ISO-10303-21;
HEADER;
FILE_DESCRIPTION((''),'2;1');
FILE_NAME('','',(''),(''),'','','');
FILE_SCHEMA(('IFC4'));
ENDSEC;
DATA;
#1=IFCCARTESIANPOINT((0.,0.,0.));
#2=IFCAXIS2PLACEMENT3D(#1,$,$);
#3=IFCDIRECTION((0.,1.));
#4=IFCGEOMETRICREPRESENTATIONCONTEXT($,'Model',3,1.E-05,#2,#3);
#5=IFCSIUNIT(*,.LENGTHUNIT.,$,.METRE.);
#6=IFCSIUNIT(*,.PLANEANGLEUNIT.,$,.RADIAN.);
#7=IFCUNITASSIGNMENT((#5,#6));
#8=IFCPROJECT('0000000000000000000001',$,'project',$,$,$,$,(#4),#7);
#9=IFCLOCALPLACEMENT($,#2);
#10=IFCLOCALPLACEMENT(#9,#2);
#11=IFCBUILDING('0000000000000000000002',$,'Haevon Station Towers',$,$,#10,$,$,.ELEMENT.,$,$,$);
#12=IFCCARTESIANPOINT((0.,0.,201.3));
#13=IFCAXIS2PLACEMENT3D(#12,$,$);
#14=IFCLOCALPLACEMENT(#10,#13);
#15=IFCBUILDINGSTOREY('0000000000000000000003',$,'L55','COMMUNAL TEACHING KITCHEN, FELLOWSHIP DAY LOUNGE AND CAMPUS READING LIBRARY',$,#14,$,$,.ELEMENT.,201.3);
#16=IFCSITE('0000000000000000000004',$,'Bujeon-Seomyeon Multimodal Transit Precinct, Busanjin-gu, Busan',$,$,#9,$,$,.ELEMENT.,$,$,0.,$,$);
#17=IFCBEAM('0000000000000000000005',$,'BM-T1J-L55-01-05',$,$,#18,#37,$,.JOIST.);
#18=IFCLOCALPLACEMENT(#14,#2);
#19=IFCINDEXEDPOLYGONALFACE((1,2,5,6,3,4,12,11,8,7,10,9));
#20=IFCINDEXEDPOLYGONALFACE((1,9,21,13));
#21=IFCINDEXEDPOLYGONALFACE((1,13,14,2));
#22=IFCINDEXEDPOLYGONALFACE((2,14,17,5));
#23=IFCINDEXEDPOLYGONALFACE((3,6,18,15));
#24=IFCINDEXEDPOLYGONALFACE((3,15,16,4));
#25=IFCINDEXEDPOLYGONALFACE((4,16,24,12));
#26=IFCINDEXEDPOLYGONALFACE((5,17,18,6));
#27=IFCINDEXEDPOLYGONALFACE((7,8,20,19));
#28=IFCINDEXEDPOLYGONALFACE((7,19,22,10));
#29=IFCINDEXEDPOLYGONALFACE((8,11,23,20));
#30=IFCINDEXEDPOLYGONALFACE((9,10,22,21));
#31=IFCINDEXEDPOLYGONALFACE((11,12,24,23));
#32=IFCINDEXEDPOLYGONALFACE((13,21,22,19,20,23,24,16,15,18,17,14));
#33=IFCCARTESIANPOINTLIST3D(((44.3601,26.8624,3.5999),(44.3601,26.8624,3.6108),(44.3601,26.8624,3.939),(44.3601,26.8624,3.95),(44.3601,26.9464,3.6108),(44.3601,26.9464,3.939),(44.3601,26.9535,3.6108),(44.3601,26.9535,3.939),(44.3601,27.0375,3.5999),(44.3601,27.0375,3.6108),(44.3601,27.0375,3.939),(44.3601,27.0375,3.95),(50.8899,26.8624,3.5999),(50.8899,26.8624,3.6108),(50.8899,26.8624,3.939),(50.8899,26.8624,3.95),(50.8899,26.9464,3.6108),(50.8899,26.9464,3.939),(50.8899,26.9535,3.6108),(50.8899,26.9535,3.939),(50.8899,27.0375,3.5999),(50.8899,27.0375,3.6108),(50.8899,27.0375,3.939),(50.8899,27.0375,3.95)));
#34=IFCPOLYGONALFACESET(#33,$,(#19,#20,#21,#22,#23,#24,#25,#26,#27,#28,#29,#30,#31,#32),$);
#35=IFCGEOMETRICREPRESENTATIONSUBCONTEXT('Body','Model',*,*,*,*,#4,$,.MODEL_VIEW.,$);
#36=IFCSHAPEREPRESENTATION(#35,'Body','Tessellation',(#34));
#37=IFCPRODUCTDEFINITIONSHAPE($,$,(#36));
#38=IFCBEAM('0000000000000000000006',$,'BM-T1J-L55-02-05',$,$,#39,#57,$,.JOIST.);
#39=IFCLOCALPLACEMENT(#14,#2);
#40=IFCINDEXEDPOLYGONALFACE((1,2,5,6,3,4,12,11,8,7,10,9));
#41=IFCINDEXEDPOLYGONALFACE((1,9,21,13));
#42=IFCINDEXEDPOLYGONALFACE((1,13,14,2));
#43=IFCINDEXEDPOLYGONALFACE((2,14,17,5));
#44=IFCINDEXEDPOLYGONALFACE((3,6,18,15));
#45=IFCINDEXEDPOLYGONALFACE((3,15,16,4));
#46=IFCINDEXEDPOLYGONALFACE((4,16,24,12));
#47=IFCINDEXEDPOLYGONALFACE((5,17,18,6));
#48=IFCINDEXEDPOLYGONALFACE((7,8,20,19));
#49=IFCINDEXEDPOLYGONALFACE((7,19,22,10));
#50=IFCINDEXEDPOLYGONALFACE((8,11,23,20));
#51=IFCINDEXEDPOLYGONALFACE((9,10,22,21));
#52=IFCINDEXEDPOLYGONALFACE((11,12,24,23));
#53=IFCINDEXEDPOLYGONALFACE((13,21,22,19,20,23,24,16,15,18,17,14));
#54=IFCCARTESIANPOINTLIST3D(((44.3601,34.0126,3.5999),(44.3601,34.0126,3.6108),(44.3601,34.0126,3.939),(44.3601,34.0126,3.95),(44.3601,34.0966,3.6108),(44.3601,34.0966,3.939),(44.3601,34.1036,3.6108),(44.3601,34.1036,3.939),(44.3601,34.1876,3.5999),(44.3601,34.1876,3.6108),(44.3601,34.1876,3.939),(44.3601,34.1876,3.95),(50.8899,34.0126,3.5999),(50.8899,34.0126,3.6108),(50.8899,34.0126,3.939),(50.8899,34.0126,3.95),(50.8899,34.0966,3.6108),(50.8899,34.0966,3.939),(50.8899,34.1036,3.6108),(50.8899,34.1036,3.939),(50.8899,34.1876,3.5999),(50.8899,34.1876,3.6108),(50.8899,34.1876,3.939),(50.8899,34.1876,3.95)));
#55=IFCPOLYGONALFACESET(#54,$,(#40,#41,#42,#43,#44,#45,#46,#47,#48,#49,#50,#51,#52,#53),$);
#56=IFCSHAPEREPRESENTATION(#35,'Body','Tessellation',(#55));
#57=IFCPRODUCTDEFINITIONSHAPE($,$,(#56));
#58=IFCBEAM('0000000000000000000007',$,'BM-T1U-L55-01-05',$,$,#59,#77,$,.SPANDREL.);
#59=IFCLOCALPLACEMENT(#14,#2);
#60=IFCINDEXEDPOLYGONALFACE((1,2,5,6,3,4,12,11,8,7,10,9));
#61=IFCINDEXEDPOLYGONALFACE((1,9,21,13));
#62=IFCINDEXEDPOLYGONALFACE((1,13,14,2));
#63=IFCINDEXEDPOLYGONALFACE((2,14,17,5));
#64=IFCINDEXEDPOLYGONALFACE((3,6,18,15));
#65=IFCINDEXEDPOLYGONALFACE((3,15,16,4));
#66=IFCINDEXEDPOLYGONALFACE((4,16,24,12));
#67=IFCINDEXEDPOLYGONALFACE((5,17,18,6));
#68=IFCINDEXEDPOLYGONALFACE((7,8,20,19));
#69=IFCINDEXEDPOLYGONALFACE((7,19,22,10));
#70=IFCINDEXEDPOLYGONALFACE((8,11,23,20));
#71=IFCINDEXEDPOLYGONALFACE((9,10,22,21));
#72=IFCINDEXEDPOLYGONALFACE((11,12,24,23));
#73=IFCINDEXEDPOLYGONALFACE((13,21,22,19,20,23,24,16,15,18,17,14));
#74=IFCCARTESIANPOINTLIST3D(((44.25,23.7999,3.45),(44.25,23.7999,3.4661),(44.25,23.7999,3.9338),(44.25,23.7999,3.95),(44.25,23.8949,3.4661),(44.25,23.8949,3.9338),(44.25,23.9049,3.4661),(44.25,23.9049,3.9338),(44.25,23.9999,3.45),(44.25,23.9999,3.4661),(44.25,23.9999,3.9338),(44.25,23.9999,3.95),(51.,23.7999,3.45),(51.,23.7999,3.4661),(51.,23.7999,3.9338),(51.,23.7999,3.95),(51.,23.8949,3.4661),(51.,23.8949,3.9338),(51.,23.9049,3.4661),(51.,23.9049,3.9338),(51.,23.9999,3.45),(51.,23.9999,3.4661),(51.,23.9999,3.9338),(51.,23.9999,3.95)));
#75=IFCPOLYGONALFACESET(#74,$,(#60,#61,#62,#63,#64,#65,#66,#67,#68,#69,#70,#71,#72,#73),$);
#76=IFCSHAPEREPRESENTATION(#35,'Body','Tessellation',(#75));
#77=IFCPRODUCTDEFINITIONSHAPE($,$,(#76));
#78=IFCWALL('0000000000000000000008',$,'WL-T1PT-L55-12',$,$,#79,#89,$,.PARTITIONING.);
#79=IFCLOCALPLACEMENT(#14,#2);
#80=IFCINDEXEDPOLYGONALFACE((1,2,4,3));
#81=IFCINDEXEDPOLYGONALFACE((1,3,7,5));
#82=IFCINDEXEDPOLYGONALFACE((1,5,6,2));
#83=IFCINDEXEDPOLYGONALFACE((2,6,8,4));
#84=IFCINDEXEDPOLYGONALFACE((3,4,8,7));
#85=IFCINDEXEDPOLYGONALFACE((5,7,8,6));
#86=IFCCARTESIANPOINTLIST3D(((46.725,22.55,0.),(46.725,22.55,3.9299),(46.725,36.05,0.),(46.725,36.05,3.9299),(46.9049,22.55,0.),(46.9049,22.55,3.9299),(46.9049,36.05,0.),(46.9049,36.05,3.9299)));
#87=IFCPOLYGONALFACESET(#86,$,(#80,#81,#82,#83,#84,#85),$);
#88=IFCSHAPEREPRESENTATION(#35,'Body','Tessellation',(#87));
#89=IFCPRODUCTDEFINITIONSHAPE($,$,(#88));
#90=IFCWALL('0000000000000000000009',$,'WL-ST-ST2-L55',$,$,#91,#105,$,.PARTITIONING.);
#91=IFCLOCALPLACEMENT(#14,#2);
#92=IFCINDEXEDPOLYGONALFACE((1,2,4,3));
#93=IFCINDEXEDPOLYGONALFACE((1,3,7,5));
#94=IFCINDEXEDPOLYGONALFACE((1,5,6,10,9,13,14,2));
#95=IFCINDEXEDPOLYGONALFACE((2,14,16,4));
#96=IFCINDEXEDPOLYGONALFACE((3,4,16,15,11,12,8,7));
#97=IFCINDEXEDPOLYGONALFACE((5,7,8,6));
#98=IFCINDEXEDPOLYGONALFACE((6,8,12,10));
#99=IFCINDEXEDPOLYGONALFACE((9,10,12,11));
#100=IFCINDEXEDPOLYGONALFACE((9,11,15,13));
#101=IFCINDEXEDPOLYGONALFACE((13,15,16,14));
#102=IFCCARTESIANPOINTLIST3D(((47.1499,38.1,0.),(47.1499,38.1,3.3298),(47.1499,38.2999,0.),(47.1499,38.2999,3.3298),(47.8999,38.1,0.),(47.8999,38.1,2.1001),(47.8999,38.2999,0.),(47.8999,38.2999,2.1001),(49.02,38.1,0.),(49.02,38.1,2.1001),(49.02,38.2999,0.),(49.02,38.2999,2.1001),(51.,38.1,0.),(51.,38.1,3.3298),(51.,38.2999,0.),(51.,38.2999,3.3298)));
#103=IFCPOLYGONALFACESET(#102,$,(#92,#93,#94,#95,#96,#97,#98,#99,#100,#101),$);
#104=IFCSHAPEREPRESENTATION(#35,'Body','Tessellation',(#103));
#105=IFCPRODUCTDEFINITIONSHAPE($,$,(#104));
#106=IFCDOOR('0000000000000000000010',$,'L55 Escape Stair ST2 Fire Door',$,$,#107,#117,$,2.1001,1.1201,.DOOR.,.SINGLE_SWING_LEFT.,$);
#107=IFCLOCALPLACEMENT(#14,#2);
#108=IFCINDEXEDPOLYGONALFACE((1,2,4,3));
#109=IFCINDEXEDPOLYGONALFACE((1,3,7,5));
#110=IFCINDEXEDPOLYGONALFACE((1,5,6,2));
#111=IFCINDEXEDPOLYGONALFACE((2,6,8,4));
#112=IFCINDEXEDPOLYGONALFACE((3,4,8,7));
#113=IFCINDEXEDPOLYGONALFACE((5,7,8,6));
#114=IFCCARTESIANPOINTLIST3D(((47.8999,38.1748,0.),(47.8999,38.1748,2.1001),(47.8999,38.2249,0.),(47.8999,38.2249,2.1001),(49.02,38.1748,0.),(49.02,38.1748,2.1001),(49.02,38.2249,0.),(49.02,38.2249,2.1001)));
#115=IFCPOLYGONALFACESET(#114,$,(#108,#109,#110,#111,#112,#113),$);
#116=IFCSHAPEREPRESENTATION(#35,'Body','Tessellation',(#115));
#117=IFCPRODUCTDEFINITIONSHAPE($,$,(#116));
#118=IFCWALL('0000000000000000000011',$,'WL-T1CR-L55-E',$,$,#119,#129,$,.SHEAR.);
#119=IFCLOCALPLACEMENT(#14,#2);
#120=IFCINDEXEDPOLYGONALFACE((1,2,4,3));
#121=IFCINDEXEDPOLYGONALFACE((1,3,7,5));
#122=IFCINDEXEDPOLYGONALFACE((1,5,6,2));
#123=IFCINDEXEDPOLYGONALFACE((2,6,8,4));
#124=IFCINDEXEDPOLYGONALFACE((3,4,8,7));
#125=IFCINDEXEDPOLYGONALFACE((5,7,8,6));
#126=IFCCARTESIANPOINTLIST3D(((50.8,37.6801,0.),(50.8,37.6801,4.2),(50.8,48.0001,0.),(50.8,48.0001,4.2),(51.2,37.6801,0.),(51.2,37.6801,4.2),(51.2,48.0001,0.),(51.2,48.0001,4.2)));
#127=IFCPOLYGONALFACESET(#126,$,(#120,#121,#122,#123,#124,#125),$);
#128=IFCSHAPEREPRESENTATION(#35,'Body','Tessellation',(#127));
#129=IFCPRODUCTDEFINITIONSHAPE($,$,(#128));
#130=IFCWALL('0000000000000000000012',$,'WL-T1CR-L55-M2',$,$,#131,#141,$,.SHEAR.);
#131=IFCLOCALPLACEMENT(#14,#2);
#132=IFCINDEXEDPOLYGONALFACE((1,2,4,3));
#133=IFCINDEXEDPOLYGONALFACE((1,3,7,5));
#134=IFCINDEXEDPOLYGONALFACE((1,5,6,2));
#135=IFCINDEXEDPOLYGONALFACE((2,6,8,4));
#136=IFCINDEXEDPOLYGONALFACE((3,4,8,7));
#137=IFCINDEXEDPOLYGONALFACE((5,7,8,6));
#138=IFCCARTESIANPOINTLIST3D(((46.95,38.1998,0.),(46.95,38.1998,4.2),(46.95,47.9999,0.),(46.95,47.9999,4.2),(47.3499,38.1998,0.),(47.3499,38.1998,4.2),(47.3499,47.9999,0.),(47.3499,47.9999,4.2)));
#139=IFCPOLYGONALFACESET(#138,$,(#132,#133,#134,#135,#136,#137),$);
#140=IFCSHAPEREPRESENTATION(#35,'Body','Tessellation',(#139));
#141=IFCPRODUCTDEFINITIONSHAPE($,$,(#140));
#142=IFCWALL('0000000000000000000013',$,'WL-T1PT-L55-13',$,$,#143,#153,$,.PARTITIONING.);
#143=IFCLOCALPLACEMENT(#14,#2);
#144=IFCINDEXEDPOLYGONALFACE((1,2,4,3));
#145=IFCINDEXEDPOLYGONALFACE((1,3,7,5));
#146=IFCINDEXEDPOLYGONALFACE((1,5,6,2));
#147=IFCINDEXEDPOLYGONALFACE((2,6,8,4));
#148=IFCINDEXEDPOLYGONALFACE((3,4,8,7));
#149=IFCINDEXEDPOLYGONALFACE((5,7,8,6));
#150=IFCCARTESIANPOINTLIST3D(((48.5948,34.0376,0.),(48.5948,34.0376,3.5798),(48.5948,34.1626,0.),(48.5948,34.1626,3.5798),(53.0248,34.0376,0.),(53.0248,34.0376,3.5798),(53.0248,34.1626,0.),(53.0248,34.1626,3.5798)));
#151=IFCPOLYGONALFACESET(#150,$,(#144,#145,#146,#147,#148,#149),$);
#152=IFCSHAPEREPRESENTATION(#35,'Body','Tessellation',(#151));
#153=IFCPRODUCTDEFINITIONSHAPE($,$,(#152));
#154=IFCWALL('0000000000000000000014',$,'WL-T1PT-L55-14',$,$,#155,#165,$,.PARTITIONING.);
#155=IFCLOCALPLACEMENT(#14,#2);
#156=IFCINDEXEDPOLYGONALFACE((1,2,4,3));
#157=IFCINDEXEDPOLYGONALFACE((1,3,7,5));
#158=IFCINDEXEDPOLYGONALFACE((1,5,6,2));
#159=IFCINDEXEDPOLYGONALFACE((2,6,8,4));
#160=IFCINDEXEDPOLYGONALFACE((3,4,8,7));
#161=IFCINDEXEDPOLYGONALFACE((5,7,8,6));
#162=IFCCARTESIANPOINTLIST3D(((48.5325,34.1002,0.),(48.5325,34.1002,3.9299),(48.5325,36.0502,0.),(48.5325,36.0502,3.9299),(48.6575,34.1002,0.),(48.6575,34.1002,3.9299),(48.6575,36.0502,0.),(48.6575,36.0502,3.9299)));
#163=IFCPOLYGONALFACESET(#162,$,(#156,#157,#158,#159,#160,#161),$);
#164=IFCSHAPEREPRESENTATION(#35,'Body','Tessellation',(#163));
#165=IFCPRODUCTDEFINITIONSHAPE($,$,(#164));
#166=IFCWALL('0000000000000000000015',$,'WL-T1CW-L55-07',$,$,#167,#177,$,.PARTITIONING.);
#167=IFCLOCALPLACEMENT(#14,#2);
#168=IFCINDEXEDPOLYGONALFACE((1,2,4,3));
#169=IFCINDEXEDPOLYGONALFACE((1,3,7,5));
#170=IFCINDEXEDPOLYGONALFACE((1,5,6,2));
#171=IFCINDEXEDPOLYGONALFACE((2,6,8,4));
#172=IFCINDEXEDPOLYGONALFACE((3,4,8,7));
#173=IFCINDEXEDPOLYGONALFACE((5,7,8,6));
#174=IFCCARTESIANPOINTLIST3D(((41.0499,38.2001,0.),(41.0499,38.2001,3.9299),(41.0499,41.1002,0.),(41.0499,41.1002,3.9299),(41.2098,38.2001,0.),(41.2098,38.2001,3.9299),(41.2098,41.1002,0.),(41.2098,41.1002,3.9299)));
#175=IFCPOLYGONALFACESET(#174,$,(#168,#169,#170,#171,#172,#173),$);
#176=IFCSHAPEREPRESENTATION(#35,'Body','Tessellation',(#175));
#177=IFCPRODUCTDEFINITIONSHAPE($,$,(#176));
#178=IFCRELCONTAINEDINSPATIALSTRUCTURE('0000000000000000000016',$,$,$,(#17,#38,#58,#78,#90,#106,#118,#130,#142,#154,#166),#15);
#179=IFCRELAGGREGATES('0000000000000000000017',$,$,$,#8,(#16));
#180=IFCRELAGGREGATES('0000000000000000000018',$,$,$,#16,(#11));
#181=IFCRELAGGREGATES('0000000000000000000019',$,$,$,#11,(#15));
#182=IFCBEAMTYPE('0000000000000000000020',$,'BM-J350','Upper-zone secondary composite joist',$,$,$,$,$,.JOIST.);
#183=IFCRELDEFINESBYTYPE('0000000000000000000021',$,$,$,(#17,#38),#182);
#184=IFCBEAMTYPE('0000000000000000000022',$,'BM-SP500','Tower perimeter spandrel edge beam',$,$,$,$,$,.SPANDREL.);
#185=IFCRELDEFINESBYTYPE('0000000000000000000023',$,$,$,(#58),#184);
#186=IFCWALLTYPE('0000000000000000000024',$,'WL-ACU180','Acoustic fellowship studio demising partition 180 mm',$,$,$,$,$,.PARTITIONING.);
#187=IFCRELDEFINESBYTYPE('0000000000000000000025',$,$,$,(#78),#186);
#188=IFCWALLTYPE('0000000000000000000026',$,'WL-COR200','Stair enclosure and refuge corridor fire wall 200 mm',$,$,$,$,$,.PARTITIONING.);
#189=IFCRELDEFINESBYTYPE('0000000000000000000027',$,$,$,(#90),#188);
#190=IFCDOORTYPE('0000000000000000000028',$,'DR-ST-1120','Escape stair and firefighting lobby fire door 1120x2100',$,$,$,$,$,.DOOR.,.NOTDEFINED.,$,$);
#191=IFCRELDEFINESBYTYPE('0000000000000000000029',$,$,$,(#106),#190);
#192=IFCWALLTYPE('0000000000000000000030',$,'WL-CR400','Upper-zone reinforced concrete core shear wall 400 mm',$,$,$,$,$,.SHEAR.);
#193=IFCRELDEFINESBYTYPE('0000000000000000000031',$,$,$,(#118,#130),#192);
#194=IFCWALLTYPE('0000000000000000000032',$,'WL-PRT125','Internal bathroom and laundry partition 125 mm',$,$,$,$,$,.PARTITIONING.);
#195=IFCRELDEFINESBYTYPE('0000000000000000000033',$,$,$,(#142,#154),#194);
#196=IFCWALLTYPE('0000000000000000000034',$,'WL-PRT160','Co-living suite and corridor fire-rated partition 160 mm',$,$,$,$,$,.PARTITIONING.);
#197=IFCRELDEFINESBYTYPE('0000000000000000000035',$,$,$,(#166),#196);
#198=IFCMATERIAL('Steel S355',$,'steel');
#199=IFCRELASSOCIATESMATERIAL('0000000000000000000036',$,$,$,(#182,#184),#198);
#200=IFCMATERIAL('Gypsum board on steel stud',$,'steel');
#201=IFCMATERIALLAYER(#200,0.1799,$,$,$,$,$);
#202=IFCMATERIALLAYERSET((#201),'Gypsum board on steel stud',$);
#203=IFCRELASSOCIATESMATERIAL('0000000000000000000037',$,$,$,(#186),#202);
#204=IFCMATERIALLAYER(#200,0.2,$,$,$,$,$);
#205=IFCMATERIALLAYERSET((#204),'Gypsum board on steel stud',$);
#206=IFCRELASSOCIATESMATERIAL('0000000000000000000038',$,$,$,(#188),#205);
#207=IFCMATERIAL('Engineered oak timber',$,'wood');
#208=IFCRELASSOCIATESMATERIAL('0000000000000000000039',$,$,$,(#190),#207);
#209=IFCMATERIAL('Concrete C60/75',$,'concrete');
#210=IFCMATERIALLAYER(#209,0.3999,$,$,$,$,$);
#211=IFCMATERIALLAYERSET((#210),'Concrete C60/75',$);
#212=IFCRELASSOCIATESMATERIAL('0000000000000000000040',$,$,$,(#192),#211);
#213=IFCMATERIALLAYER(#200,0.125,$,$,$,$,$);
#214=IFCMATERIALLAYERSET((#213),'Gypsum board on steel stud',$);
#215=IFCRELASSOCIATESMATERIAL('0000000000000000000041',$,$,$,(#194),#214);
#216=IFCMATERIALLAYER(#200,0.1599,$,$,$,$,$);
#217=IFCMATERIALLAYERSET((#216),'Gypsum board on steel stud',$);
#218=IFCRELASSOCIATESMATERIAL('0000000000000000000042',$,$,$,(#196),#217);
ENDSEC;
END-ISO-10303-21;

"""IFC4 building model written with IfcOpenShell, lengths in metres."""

from ifc_helpers import new_model, si_unit, direction, frame, frame_2d, origin, origin_2d, place, context, subcontext, project, spatial, rectangle, i_section, extrude, material, layer, layer_set, material_profile, profile_set, type_object, element, fill, save


model = new_model("IFC4")

# Units and contexts
model_context = context("Model", 3, precision=1e-05, world=origin(), true_north=direction((0.0, 1.0)))
body_context = subcontext(model_context, "Body", "Model", "MODEL_VIEW")
ifc_project = project(units=[si_unit("LENGTHUNIT", "METRE"), si_unit("PLANEANGLEUNIT", "RADIAN")], contexts=[model_context])

# Site, building, storey
site_placement = place(None, origin())
site = spatial("IfcSite", under=ifc_project, at=site_placement, Name="Bujeon-Seomyeon Multimodal Transit Precinct, Busanjin-gu, Busan", CompositionType="ELEMENT", RefElevation=0.0)
building_placement = place(site_placement, origin())
building = spatial("IfcBuilding", under=site, at=building_placement, Name="Haevon Station Towers", CompositionType="ELEMENT")
storey_placement = place(building_placement, frame((0.0, 0.0, 201.3)))
storey = spatial("IfcBuildingStorey", under=building, at=storey_placement, Name="L55", Description="COMMUNAL TEACHING KITCHEN, FELLOWSHIP DAY LOUNGE AND CAMPUS READING LIBRARY", CompositionType="ELEMENT", Elevation=201.3)

# Shared definitions
ifc_material_1 = material(Name="Steel S355", Category="steel")

# Beams
ifc_material_profile_1 = material_profile(ifc_material_1, i_section(OverallWidth=0.175, OverallDepth=0.3501, WebThickness=0.0071, FlangeThickness=0.011, at=origin_2d()), Name="H-350x175x7x11")
ifc_profile_set_1 = profile_set([ifc_material_profile_1], Name="Steel S355")
beam_type_1 = type_object("IfcBeamType", Name="BM-J350", Description="Upper-zone secondary composite joist", PredefinedType="JOIST", material=ifc_profile_set_1)
for number, where, z_axis, x_axis, name in (
    (1, (44.3601, 26.95, 3.7749), (1.0, 0.0, 0.0), (0.0, 1.0, 0.0), "BM-T1J-L55-01-05"),
    (2, (44.3601, 34.1001, 3.7749), (1.0, 0.0, 0.0), (0.0, 1.0, 0.0), "BM-T1J-L55-02-05"),
):
    element("IfcBeam", number, at=place(storey_placement, frame(where, z_axis=z_axis, x_axis=x_axis)), inside=storey, type_object=beam_type_1, Name=name, PredefinedType="JOIST", context=body_context, shape_type="SweptSolid", body=[
        extrude(i_section(OverallWidth=0.175, OverallDepth=0.3501, WebThickness=0.0071, FlangeThickness=0.011, at=origin_2d()), origin(), (0.0, 0.0, 1.0), 6.5298),
    ])
ifc_material_profile_2 = material_profile(ifc_material_1, i_section(OverallWidth=0.2, OverallDepth=0.5, WebThickness=0.01, FlangeThickness=0.0161, at=origin_2d()), Name="H-500x200x10x16")
ifc_profile_set_2 = profile_set([ifc_material_profile_2], Name="Steel S355")
beam_type_2 = type_object("IfcBeamType", Name="BM-SP500", Description="Tower perimeter spandrel edge beam", PredefinedType="SPANDREL", material=ifc_profile_set_2)
beam_1_placement = place(storey_placement, frame((44.25, 23.8999, 3.7), z_axis=(1.0, 0.0, 0.0), x_axis=(0.0, 1.0, 0.0)))
element("IfcBeam", 3, at=beam_1_placement, inside=storey, type_object=beam_type_2, Name="BM-T1U-L55-01-05", PredefinedType="SPANDREL", context=body_context, shape_type="SweptSolid", body=[
    extrude(i_section(OverallWidth=0.2, OverallDepth=0.5, WebThickness=0.01, FlangeThickness=0.0161, at=origin_2d()), origin(), (0.0, 0.0, 1.0), 6.75),
])

# Wall
ifc_material_2 = material(Name="Gypsum board on steel stud", Category="steel")
ifc_layer_1 = layer(ifc_material_2, 0.1799)
ifc_layer_set_1 = layer_set([ifc_layer_1], Name="Gypsum board on steel stud")
wall_type_1 = type_object("IfcWallType", Name="WL-ACU180", Description="Acoustic fellowship studio demising partition 180 mm", PredefinedType="PARTITIONING", material=ifc_layer_set_1)
wall_1_placement = place(storey_placement, frame((46.8149, 22.55, 0.0), z_axis=(0.0, 0.0, 1.0), x_axis=(0.0, 1.0, 0.0)))
element("IfcWall", 4, at=wall_1_placement, inside=storey, type_object=wall_type_1, Name="WL-T1PT-L55-12", PredefinedType="PARTITIONING", context=body_context, shape_type="SweptSolid", body=[
    extrude(rectangle(XDim=13.5, YDim=0.1799, at=frame_2d((6.75, 0.0))), origin(), (0.0, 0.0, 1.0), 3.9299),
])

# Wall, opening, door
ifc_layer_2 = layer(ifc_material_2, 0.2)
ifc_layer_set_2 = layer_set([ifc_layer_2], Name="Gypsum board on steel stud")
wall_type_2 = type_object("IfcWallType", Name="WL-COR200", Description="Stair enclosure and refuge corridor fire wall 200 mm", PredefinedType="PARTITIONING", material=ifc_layer_set_2)
wall_2_placement = place(storey_placement, frame((47.1499, 38.2, 0.0), z_axis=(0.0, 0.0, 1.0), x_axis=(1.0, 0.0, 0.0)))
wall_2 = element("IfcWall", 5, at=wall_2_placement, inside=storey, type_object=wall_type_2, Name="WL-ST-ST2-L55", PredefinedType="PARTITIONING", context=body_context, shape_type="SweptSolid", body=[
    extrude(rectangle(XDim=3.8501, YDim=0.2, at=frame_2d((1.925, 0.0))), origin(), (0.0, 0.0, 1.0), 3.3298),
])
opening_placement = place(wall_2_placement, frame((0.75, 0.0, 0.0)))
opening = element("IfcOpeningElement", 6, at=opening_placement, cuts=wall_2, PredefinedType="OPENING", context=body_context, shape_type="SweptSolid", body=[
    extrude(rectangle(XDim=1.1201, YDim=2.1001, at=frame_2d((0.5601, 1.05))), frame((0.0, 0.1099, 0.0), z_axis=(0.0, -1.0, 0.0), x_axis=(1.0, 0.0, 0.0)), (0.0, 0.0, 1.0), 0.22),
])
ifc_material_3 = material(Name="Engineered oak timber", Category="wood")
door_type = type_object("IfcDoorType", Name="DR-ST-1120", Description="Escape stair and firefighting lobby fire door 1120x2100", OperationType="NOTDEFINED", PredefinedType="DOOR", material=ifc_material_3)
door_placement = place(opening_placement, origin())
door = element("IfcDoor", 7, at=door_placement, inside=storey, type_object=door_type, Name="L55 Escape Stair ST2 Fire Door", OperationType="SINGLE_SWING_LEFT", OverallHeight=2.1001, OverallWidth=1.1201, PredefinedType="DOOR", context=body_context, shape_type="SweptSolid", body=[
    extrude(rectangle(XDim=1.1201, YDim=2.1001, at=frame_2d((0.5601, 1.05))), frame((0.0, 0.0249, 0.0), z_axis=(0.0, -1.0, 0.0), x_axis=(1.0, 0.0, 0.0)), (0.0, 0.0, 1.0), 0.05),
])
fill(opening, door)

# Walls
ifc_material_4 = material(Name="Concrete C60/75", Category="concrete")
ifc_layer_3 = layer(ifc_material_4, 0.3999)
ifc_layer_set_3 = layer_set([ifc_layer_3], Name="Concrete C60/75")
wall_type_3 = type_object("IfcWallType", Name="WL-CR400", Description="Upper-zone reinforced concrete core shear wall 400 mm", PredefinedType="SHEAR", material=ifc_layer_set_3)
wall_3_placement = place(storey_placement, frame((51.0, 37.6799, 0.0), z_axis=(0.0, 0.0, 1.0), x_axis=(0.0, 1.0, 0.0)))
element("IfcWall", 8, at=wall_3_placement, inside=storey, type_object=wall_type_3, Name="WL-T1CR-L55-E", PredefinedType="SHEAR", context=body_context, shape_type="SweptSolid", body=[
    extrude(rectangle(XDim=10.3201, YDim=0.3999, at=frame_2d((5.1602, 0.0))), origin(), (0.0, 0.0, 1.0), 4.2),
])
wall_4_placement = place(storey_placement, frame((47.1499, 38.2, 0.0), z_axis=(0.0, 0.0, 1.0), x_axis=(0.0, 1.0, 0.0)))
element("IfcWall", 9, at=wall_4_placement, inside=storey, type_object=wall_type_3, Name="WL-T1CR-L55-M2", PredefinedType="SHEAR", context=body_context, shape_type="SweptSolid", body=[
    extrude(rectangle(XDim=9.8, YDim=0.3999, at=frame_2d((4.8999, 0.0))), origin(), (0.0, 0.0, 1.0), 4.2),
])
ifc_layer_4 = layer(ifc_material_2, 0.125)
ifc_layer_set_4 = layer_set([ifc_layer_4], Name="Gypsum board on steel stud")
wall_type_4 = type_object("IfcWallType", Name="WL-PRT125", Description="Internal bathroom and laundry partition 125 mm", PredefinedType="PARTITIONING", material=ifc_layer_set_4)
wall_5_placement = place(storey_placement, frame((48.595, 34.1001, 0.0), z_axis=(0.0, 0.0, 1.0), x_axis=(1.0, 0.0, 0.0)))
element("IfcWall", 10, at=wall_5_placement, inside=storey, type_object=wall_type_4, Name="WL-T1PT-L55-13", PredefinedType="PARTITIONING", context=body_context, shape_type="SweptSolid", body=[
    extrude(rectangle(XDim=4.4299, YDim=0.125, at=frame_2d((2.2148, 0.0))), origin(), (0.0, 0.0, 1.0), 3.5798),
])
wall_6_placement = place(storey_placement, frame((48.595, 34.1001, 0.0), z_axis=(0.0, 0.0, 1.0), x_axis=(0.0, 1.0, 0.0)))
element("IfcWall", 11, at=wall_6_placement, inside=storey, type_object=wall_type_4, Name="WL-T1PT-L55-14", PredefinedType="PARTITIONING", context=body_context, shape_type="SweptSolid", body=[
    extrude(rectangle(XDim=1.95, YDim=0.125, at=frame_2d((0.9751, 0.0))), origin(), (0.0, 0.0, 1.0), 3.9299),
])
ifc_layer_5 = layer(ifc_material_2, 0.1599)
ifc_layer_set_5 = layer_set([ifc_layer_5], Name="Gypsum board on steel stud")
wall_type_5 = type_object("IfcWallType", Name="WL-PRT160", Description="Co-living suite and corridor fire-rated partition 160 mm", PredefinedType="PARTITIONING", material=ifc_layer_set_5)
for number, where, z_axis, x_axis, name in (
    (12, (41.1299, 38.2, 0.0), (0.0, 0.0, 1.0), (0.0, 1.0, 0.0), "WL-T1CW-L55-07"),
):
    element("IfcWall", number, at=place(storey_placement, frame(where, z_axis=z_axis, x_axis=x_axis)), inside=storey, type_object=wall_type_5, Name=name, PredefinedType="PARTITIONING", context=body_context, shape_type="SweptSolid", body=[
        extrude(rectangle(XDim=2.9001, YDim=0.1599, at=frame_2d((1.4502, 0.0))), origin(), (0.0, 0.0, 1.0), 3.9299),
    ])

save(model, "model.ifc")
